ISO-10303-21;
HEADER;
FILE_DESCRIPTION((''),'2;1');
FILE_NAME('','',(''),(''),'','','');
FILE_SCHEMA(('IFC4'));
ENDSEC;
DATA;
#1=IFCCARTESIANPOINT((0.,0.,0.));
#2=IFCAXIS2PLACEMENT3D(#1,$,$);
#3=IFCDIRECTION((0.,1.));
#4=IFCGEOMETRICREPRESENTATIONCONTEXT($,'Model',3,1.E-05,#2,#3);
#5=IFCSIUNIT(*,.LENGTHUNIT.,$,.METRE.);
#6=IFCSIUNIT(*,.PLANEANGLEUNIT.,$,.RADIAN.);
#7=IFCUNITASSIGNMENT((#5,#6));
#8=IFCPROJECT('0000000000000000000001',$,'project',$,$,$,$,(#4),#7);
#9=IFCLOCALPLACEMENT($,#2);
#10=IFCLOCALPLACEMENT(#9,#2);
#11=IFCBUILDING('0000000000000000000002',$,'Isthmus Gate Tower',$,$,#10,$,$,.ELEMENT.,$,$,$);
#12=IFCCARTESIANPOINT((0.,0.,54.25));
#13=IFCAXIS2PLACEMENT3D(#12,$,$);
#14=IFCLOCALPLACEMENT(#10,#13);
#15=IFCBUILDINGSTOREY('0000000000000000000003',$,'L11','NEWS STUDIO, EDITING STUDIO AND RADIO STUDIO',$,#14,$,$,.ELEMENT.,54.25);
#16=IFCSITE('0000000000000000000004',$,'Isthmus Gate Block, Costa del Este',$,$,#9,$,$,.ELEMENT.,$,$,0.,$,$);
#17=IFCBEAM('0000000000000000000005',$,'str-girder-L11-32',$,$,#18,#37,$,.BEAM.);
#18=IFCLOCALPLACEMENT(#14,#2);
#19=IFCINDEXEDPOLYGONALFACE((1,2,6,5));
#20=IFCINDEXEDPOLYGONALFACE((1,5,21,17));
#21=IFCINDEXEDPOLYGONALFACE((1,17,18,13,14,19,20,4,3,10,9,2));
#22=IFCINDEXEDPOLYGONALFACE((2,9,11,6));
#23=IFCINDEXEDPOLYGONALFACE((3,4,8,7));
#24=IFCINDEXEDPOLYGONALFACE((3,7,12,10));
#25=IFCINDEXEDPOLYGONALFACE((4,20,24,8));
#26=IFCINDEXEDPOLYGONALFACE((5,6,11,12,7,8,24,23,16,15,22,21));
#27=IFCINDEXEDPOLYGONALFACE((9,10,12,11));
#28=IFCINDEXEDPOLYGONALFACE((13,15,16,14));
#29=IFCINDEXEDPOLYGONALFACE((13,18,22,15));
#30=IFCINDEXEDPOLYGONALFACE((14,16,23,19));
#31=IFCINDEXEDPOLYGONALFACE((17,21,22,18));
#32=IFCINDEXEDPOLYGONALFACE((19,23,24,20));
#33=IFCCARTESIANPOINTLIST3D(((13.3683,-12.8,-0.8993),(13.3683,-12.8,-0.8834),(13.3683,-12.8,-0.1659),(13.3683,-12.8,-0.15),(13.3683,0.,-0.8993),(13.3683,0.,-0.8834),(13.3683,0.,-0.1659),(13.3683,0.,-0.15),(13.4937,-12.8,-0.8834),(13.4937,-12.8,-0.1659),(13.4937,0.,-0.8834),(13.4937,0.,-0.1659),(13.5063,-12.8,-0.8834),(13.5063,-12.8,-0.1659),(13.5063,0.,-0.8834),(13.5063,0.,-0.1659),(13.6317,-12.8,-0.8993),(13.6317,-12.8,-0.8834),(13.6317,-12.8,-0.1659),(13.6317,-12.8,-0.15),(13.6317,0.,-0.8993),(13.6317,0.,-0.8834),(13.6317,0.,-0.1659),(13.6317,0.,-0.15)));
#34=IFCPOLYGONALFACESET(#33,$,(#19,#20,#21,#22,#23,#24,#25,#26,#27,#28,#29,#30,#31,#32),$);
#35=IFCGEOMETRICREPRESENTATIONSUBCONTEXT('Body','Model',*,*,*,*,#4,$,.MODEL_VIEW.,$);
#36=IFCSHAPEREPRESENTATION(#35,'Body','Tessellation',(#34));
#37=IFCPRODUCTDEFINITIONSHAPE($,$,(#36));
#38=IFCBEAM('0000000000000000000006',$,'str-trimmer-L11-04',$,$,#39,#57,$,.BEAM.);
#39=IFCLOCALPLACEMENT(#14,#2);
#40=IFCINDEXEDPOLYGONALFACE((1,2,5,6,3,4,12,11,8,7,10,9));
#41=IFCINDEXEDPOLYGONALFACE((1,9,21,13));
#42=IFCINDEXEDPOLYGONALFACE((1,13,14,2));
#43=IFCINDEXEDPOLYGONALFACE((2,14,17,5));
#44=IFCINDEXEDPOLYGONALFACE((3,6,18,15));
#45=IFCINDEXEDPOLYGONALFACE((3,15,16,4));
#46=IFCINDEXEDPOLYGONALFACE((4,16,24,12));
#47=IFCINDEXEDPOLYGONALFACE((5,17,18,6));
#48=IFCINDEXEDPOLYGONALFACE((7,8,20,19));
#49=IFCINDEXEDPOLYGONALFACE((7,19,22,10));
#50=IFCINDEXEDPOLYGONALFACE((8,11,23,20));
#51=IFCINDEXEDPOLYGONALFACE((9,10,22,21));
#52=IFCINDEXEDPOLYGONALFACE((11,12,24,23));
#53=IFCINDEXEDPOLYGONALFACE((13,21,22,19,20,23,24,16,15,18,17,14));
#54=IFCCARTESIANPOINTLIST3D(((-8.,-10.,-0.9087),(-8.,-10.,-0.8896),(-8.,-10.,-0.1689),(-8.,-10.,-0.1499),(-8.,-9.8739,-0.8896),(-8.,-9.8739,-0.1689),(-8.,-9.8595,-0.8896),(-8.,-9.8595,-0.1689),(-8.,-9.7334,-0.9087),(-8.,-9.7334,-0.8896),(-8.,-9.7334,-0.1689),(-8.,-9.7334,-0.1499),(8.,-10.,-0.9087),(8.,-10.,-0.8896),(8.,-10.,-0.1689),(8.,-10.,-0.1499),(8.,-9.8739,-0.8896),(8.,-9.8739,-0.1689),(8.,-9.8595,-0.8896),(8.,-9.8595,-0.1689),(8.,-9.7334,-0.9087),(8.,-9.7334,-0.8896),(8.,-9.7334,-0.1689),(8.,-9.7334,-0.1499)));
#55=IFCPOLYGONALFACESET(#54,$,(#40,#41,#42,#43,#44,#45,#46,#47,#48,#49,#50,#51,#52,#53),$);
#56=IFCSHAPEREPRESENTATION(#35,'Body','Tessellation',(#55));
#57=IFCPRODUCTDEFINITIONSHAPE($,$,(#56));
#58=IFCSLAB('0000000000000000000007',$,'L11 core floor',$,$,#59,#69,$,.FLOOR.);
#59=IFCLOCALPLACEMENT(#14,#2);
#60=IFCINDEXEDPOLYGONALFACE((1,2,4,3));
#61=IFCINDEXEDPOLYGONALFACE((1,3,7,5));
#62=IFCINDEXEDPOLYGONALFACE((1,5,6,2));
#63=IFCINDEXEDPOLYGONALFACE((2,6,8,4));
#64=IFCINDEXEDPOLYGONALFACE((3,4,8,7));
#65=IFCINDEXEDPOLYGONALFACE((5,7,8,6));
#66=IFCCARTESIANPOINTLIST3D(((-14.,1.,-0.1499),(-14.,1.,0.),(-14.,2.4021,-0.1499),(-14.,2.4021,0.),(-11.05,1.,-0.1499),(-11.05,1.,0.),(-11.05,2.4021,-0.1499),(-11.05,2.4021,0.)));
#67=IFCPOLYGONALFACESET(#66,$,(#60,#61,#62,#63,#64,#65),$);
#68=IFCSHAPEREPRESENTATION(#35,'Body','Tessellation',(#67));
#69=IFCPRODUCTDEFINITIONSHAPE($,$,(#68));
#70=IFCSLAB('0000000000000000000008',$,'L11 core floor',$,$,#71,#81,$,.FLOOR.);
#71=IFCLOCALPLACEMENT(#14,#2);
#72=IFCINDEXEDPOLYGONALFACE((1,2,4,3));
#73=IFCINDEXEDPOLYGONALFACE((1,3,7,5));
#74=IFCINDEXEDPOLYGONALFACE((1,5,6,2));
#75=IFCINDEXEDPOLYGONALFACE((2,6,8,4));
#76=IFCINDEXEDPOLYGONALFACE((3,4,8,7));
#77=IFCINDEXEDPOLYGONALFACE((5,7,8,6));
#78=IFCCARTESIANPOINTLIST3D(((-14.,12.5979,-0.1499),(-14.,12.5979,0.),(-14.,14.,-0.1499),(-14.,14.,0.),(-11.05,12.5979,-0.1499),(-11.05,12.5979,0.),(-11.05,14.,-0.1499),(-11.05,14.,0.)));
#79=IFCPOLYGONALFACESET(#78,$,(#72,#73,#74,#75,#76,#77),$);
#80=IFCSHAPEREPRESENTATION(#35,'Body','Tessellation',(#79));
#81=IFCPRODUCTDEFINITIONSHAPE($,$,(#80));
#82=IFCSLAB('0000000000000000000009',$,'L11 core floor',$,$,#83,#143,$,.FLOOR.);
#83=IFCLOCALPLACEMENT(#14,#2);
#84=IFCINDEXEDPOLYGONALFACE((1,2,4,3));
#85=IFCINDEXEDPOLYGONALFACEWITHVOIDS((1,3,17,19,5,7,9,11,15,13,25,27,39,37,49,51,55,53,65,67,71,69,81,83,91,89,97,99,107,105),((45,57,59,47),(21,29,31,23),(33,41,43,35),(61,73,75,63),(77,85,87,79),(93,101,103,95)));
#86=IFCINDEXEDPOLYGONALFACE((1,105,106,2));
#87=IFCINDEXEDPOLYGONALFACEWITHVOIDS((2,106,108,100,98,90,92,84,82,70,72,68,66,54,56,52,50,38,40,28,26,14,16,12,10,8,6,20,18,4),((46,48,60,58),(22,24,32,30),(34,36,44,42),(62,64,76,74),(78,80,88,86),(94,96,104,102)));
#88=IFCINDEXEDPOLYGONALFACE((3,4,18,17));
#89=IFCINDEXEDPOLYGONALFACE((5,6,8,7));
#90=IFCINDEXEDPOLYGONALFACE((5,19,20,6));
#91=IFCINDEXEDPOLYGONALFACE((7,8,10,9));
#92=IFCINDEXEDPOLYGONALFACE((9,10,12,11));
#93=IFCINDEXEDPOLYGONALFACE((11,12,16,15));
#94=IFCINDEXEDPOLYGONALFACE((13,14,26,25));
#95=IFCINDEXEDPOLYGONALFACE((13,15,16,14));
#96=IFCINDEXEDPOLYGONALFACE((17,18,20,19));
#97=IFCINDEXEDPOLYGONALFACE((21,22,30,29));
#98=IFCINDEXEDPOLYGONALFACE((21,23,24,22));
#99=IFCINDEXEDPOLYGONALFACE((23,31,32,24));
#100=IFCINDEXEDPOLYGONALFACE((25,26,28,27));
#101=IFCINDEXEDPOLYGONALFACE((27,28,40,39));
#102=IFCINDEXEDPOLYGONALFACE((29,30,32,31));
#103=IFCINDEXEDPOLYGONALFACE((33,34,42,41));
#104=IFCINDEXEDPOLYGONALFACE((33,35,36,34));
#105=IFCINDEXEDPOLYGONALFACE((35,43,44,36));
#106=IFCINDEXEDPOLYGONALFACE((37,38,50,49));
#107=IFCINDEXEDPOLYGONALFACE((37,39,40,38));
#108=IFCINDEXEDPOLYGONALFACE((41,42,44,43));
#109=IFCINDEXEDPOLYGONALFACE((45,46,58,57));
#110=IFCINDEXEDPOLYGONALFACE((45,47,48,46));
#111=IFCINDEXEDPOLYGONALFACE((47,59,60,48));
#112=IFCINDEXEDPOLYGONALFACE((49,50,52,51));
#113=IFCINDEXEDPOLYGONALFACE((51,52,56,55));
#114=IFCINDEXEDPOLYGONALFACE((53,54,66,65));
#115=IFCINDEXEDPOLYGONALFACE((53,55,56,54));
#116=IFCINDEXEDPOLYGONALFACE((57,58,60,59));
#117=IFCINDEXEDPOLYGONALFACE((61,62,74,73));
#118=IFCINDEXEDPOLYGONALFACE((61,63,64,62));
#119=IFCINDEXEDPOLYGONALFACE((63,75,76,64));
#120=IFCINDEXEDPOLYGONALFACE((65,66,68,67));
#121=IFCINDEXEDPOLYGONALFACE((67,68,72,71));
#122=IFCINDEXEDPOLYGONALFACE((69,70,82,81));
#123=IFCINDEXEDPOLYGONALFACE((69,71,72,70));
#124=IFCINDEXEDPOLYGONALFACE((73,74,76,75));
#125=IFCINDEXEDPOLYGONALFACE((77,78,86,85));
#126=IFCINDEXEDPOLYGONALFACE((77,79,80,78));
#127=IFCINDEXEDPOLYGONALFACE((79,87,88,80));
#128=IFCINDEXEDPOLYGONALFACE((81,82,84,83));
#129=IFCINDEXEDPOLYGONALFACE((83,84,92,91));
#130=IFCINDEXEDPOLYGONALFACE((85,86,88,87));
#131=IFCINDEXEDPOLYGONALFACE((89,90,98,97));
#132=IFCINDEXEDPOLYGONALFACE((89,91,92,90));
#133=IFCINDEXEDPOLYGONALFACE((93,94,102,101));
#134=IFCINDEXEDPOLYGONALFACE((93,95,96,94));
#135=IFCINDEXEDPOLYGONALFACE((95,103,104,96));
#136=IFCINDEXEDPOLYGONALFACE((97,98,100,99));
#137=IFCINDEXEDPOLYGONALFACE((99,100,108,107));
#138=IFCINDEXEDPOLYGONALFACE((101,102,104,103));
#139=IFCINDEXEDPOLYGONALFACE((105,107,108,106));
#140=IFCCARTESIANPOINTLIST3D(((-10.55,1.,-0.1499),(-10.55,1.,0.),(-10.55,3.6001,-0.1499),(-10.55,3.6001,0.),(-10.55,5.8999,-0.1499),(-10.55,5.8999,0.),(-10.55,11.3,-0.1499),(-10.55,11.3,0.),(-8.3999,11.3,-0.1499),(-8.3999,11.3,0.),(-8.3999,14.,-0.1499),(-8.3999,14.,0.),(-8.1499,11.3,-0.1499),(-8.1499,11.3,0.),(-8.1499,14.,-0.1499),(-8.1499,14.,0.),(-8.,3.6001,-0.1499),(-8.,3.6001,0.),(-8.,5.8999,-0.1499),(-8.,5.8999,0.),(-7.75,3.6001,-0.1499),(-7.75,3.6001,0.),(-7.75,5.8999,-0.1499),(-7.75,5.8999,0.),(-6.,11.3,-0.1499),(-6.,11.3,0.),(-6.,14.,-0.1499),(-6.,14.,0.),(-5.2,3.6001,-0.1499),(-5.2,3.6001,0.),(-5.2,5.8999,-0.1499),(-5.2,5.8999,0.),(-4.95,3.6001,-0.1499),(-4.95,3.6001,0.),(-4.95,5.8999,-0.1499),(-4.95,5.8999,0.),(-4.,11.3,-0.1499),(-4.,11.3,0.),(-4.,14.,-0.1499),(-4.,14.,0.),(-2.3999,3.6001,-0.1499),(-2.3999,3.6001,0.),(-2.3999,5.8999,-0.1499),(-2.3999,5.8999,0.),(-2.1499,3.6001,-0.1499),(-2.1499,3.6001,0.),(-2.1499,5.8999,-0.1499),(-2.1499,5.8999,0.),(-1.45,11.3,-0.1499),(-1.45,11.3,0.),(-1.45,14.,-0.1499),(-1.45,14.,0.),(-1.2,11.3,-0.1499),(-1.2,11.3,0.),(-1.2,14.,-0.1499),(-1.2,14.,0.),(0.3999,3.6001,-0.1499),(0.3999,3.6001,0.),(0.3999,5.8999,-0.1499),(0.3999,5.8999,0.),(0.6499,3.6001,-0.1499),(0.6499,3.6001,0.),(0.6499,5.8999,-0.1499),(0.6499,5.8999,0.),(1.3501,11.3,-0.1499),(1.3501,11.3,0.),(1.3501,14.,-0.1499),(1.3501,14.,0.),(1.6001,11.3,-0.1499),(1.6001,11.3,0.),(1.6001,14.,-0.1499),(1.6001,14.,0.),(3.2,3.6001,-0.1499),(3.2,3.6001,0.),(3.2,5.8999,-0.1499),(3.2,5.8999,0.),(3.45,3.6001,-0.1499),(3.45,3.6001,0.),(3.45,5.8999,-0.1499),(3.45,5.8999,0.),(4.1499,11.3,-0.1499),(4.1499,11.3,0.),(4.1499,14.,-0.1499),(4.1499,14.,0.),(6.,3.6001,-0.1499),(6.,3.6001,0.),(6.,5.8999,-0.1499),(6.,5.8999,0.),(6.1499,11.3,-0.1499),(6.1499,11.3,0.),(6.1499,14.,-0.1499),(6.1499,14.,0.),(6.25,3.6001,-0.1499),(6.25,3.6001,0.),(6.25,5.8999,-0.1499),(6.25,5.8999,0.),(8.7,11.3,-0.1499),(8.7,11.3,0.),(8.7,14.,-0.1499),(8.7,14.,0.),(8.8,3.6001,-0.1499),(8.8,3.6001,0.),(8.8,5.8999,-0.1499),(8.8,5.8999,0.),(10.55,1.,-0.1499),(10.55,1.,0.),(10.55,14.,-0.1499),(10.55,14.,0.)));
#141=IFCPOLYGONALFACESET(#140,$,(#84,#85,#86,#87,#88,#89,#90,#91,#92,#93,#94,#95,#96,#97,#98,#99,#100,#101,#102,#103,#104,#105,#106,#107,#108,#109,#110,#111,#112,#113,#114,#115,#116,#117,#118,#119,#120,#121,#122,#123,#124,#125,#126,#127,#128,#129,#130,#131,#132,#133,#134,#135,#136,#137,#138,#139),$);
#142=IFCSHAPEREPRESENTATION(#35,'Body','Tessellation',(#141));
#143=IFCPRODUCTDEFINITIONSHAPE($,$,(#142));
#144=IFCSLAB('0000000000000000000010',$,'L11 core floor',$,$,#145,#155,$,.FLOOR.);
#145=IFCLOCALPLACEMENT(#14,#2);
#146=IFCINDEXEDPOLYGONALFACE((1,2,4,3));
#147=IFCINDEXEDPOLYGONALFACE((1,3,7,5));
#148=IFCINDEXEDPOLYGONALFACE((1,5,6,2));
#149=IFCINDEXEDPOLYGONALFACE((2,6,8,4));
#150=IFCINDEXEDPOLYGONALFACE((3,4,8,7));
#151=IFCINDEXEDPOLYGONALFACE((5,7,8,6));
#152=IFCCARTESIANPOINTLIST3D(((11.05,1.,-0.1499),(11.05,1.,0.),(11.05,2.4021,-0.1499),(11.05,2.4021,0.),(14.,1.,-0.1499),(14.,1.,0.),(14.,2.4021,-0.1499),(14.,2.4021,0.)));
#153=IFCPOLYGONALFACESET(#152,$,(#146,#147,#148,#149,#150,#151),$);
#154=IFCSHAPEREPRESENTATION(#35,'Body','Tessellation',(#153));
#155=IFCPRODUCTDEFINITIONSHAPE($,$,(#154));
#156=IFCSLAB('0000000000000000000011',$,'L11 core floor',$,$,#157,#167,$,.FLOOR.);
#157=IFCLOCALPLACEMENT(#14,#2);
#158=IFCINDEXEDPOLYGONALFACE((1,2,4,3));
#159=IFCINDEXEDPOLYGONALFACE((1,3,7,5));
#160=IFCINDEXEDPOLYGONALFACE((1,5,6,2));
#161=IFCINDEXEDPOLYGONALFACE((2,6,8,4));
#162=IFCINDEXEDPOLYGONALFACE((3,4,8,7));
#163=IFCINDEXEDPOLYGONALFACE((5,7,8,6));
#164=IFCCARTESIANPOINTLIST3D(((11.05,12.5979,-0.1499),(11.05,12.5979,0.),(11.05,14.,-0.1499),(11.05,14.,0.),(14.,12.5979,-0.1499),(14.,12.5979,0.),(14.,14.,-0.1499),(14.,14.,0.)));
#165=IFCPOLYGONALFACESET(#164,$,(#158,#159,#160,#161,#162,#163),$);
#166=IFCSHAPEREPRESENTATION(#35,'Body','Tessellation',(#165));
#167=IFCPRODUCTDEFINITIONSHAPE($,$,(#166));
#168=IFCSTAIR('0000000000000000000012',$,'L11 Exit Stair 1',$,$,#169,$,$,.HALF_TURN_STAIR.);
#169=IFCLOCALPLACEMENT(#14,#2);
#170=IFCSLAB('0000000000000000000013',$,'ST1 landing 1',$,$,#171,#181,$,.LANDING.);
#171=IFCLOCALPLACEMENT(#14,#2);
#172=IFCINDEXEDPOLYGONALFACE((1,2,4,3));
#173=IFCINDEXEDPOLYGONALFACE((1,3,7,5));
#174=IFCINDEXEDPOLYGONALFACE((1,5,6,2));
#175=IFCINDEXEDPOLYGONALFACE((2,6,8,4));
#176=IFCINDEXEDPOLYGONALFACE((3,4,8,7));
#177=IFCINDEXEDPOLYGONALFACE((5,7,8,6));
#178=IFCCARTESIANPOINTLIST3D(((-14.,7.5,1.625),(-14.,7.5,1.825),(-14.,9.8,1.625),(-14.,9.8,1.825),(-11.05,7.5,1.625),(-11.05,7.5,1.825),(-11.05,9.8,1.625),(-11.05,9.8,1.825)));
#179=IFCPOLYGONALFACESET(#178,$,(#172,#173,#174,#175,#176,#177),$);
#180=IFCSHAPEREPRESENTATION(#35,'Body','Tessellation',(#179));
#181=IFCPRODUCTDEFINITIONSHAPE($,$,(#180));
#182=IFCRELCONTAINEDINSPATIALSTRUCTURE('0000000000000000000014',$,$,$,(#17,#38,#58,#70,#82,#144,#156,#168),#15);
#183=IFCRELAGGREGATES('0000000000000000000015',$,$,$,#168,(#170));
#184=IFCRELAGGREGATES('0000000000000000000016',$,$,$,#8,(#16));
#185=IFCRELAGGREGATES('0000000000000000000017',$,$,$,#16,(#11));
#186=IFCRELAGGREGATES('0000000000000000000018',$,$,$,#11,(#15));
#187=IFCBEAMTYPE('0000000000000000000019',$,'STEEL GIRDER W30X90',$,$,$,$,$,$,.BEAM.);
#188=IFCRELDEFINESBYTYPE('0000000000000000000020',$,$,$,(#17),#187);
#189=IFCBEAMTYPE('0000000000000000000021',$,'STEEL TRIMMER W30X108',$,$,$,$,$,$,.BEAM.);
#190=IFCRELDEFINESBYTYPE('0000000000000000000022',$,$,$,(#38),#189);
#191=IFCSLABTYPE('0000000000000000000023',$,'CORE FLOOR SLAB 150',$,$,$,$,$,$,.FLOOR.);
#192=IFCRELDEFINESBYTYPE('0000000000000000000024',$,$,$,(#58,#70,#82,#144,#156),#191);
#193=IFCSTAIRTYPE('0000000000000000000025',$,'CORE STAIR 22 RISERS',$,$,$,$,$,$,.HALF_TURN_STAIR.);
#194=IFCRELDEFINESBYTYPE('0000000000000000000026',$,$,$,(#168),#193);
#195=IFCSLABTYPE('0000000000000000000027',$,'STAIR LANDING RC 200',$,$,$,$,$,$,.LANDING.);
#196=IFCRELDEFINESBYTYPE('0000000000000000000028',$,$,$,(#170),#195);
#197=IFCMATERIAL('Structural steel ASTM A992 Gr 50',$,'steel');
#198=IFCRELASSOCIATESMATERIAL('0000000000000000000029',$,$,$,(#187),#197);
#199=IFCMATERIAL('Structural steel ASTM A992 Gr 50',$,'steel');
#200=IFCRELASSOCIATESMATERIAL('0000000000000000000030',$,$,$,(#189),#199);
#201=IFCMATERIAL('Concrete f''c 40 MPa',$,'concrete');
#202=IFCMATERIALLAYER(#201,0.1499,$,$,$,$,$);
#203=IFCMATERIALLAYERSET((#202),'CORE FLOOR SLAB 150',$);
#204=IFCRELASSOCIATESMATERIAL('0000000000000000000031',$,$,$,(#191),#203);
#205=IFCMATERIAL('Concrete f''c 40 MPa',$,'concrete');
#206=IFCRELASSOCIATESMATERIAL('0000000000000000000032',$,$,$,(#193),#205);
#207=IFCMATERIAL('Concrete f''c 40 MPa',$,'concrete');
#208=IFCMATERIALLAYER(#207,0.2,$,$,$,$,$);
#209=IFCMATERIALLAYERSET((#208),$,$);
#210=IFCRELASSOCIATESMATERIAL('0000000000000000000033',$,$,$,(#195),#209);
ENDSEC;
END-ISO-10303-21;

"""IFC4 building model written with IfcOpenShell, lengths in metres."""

from ifc_helpers import new_model, si_unit, direction, frame, origin, origin_2d, place, context, subcontext, project, spatial, polyline, i_section, outline, extrude, material, layer, layer_set, material_profile, profile_set, type_object, element, aggregate, save


model = new_model("IFC4")

# Units and contexts
model_context = context("Model", 3, precision=1e-05, world=origin(), true_north=direction((0.0, 1.0)))
body_context = subcontext(model_context, "Body", "Model", "MODEL_VIEW")
ifc_project = project(units=[si_unit("LENGTHUNIT", "METRE"), si_unit("PLANEANGLEUNIT", "RADIAN")], contexts=[model_context])

# Site, building, storey
site_placement = place(None, origin())
site = spatial("IfcSite", under=ifc_project, at=site_placement, Name="Isthmus Gate Block, Costa del Este", CompositionType="ELEMENT", RefElevation=0.0)
building_placement = place(site_placement, origin())
building = spatial("IfcBuilding", under=site, at=building_placement, Name="Isthmus Gate Tower", CompositionType="ELEMENT")
storey_placement = place(building_placement, frame((0.0, 0.0, 54.25)))
storey = spatial("IfcBuildingStorey", under=building, at=storey_placement, Name="L11", Description="NEWS STUDIO, EDITING STUDIO AND RADIO STUDIO", CompositionType="ELEMENT", Elevation=54.25)

# Beams
ifc_material_1 = material(Name="Structural steel ASTM A992 Gr 50", Category="steel")
ifc_material_profile_1 = material_profile(ifc_material_1, i_section(OverallWidth=0.2634, OverallDepth=0.7493, WebThickness=0.0127, FlangeThickness=0.0159, at=origin_2d()), Name="W30X90")
ifc_profile_set_1 = profile_set([ifc_material_profile_1], Name="Structural steel ASTM A992 Gr 50")
beam_type_1 = type_object("IfcBeamType", Name="STEEL GIRDER W30X90", PredefinedType="BEAM", material=ifc_profile_set_1)
beam_1_placement = place(storey_placement, frame((13.5, -12.8, -0.5247), z_axis=(0.0, 1.0, 0.0), x_axis=(-1.0, 0.0, 0.0)))
element("IfcBeam", 1, at=beam_1_placement, inside=storey, type_object=beam_type_1, Name="str-girder-L11-32", PredefinedType="BEAM", context=body_context, shape_type="SweptSolid", body=[
    extrude(i_section(OverallWidth=0.2634, OverallDepth=0.7493, WebThickness=0.0127, FlangeThickness=0.0159, at=origin_2d()), origin(), (0.0, 0.0, 1.0), 12.8),
])
ifc_material_2 = material(Name="Structural steel ASTM A992 Gr 50", Category="steel")
ifc_material_profile_2 = material_profile(ifc_material_2, i_section(OverallWidth=0.2666, OverallDepth=0.7588, WebThickness=0.0144, FlangeThickness=0.019, at=origin_2d()), Name="W30X108")
ifc_profile_set_2 = profile_set([ifc_material_profile_2], Name="Structural steel ASTM A992 Gr 50")
beam_type_2 = type_object("IfcBeamType", Name="STEEL TRIMMER W30X108", PredefinedType="BEAM", material=ifc_profile_set_2)
beam_2_placement = place(storey_placement, frame((8.0, -9.8667, -0.5293), z_axis=(-1.0, 0.0, 0.0), x_axis=(0.0, -1.0, 0.0)))
element("IfcBeam", 2, at=beam_2_placement, inside=storey, type_object=beam_type_2, Name="str-trimmer-L11-04", PredefinedType="BEAM", context=body_context, shape_type="SweptSolid", body=[
    extrude(i_section(OverallWidth=0.2666, OverallDepth=0.7588, WebThickness=0.0144, FlangeThickness=0.019, at=origin_2d()), origin(), (0.0, 0.0, 1.0), 16.0),
])

# Slabs
ifc_material_3 = material(Name="Concrete f'c 40 MPa", Category="concrete")
ifc_layer_1 = layer(ifc_material_3, 0.1499)
ifc_layer_set_1 = layer_set([ifc_layer_1], Name="CORE FLOOR SLAB 150")
slab_type_1 = type_object("IfcSlabType", Name="CORE FLOOR SLAB 150", PredefinedType="FLOOR", material=ifc_layer_set_1)
slab_1_placement = place(storey_placement, frame((0.0, 0.0, -0.1499)))
element("IfcSlab", 3, at=slab_1_placement, inside=storey, type_object=slab_type_1, Name="L11 core floor", PredefinedType="FLOOR", context=body_context, shape_type="SweptSolid", body=[
    extrude(outline(polyline([(-11.05, 1.0), (-11.05, 2.4021), (-14.0, 2.4021), (-14.0, 1.0), (-11.05, 1.0)])), origin(), (0.0, 0.0, 1.0), 0.1499),
])
slab_2_placement = place(storey_placement, frame((0.0, 0.0, -0.1499)))
element("IfcSlab", 4, at=slab_2_placement, inside=storey, type_object=slab_type_1, Name="L11 core floor", PredefinedType="FLOOR", context=body_context, shape_type="SweptSolid", body=[
    extrude(outline(polyline([(-14.0, 14.0), (-14.0, 12.5979), (-11.05, 12.5979), (-11.05, 14.0), (-14.0, 14.0)])), origin(), (0.0, 0.0, 1.0), 0.1499),
])
slab_3_placement = place(storey_placement, frame((0.0, 0.0, -0.1499)))
element("IfcSlab", 5, at=slab_3_placement, inside=storey, type_object=slab_type_1, Name="L11 core floor", PredefinedType="FLOOR", context=body_context, shape_type="SweptSolid", body=[
    extrude(outline(polyline([(10.55, 14.0), (8.7, 14.0), (8.7, 11.3), (6.1499, 11.3), (6.1499, 14.0), (4.1499, 14.0), (4.1499, 11.3), (1.6001, 11.3), (1.6001, 14.0), (1.3501, 14.0), (1.3501, 11.3), (-1.2, 11.3), (-1.2, 14.0), (-1.45, 14.0), (-1.45, 11.3), (-4.0, 11.3), (-4.0, 14.0), (-6.0, 14.0), (-6.0, 11.3), (-8.1499, 11.3), (-8.1499, 14.0), (-8.3999, 14.0), (-8.3999, 11.3), (-10.55, 11.3), (-10.55, 5.8999), (-8.0, 5.8999), (-8.0, 3.6001), (-10.55, 3.6001), (-10.55, 1.0), (10.55, 1.0), (10.55, 14.0)]), holes=[polyline([(-5.2, 5.8999), (-5.2, 3.6001), (-7.75, 3.6001), (-7.75, 5.8999), (-5.2, 5.8999)]), polyline([(-2.3999, 5.8999), (-2.3999, 3.6001), (-4.95, 3.6001), (-4.95, 5.8999), (-2.3999, 5.8999)]), polyline([(0.3999, 5.8999), (0.3999, 3.6001), (-2.1499, 3.6001), (-2.1499, 5.8999), (0.3999, 5.8999)]), polyline([(3.2, 5.8999), (3.2, 3.6001), (0.6499, 3.6001), (0.6499, 5.8999), (3.2, 5.8999)]), polyline([(6.0, 5.8999), (6.0, 3.6001), (3.45, 3.6001), (3.45, 5.8999), (6.0, 5.8999)]), polyline([(8.8, 5.8999), (8.8, 3.6001), (6.25, 3.6001), (6.25, 5.8999), (8.8, 5.8999)])]), origin(), (0.0, 0.0, 1.0), 0.1499),
])
slab_4_placement = place(storey_placement, frame((0.0, 0.0, -0.1499)))
element("IfcSlab", 6, at=slab_4_placement, inside=storey, type_object=slab_type_1, Name="L11 core floor", PredefinedType="FLOOR", context=body_context, shape_type="SweptSolid", body=[
    extrude(outline(polyline([(14.0, 1.0), (14.0, 2.4021), (11.05, 2.4021), (11.05, 1.0), (14.0, 1.0)])), origin(), (0.0, 0.0, 1.0), 0.1499),
])
slab_5_placement = place(storey_placement, frame((0.0, 0.0, -0.1499)))
element("IfcSlab", 7, at=slab_5_placement, inside=storey, type_object=slab_type_1, Name="L11 core floor", PredefinedType="FLOOR", context=body_context, shape_type="SweptSolid", body=[
    extrude(outline(polyline([(11.05, 14.0), (11.05, 12.5979), (14.0, 12.5979), (14.0, 14.0), (11.05, 14.0)])), origin(), (0.0, 0.0, 1.0), 0.1499),
])

# Stair, slab
ifc_material_4 = material(Name="Concrete f'c 40 MPa", Category="concrete")
stair_type = type_object("IfcStairType", Name="CORE STAIR 22 RISERS", PredefinedType="HALF_TURN_STAIR", material=ifc_material_4)
stair_1_placement = place(storey_placement, origin())
stair_1 = element("IfcStair", 8, at=stair_1_placement, inside=storey, type_object=stair_type, Name="L11 Exit Stair 1", PredefinedType="HALF_TURN_STAIR")
ifc_material_5 = material(Name="Concrete f'c 40 MPa", Category="concrete")
ifc_layer_2 = layer(ifc_material_5, 0.2)
ifc_layer_set_2 = layer_set([ifc_layer_2])
slab_type_2 = type_object("IfcSlabType", Name="STAIR LANDING RC 200", PredefinedType="LANDING", material=ifc_layer_set_2)
slab_6_placement = place(storey_placement, frame((0.0, 0.0, 1.625)))
slab_6 = element("IfcSlab", 9, at=slab_6_placement, type_object=slab_type_2, Name="ST1 landing 1", PredefinedType="LANDING", context=body_context, shape_type="SweptSolid", body=[
    extrude(outline(polyline([(-14.0, 9.8), (-14.0, 7.5), (-11.05, 7.5), (-11.05, 9.8), (-14.0, 9.8)])), origin(), (0.0, 0.0, 1.0), 0.2),
])
aggregate(stair_1, [slab_6])

save(model, "model.ifc")
